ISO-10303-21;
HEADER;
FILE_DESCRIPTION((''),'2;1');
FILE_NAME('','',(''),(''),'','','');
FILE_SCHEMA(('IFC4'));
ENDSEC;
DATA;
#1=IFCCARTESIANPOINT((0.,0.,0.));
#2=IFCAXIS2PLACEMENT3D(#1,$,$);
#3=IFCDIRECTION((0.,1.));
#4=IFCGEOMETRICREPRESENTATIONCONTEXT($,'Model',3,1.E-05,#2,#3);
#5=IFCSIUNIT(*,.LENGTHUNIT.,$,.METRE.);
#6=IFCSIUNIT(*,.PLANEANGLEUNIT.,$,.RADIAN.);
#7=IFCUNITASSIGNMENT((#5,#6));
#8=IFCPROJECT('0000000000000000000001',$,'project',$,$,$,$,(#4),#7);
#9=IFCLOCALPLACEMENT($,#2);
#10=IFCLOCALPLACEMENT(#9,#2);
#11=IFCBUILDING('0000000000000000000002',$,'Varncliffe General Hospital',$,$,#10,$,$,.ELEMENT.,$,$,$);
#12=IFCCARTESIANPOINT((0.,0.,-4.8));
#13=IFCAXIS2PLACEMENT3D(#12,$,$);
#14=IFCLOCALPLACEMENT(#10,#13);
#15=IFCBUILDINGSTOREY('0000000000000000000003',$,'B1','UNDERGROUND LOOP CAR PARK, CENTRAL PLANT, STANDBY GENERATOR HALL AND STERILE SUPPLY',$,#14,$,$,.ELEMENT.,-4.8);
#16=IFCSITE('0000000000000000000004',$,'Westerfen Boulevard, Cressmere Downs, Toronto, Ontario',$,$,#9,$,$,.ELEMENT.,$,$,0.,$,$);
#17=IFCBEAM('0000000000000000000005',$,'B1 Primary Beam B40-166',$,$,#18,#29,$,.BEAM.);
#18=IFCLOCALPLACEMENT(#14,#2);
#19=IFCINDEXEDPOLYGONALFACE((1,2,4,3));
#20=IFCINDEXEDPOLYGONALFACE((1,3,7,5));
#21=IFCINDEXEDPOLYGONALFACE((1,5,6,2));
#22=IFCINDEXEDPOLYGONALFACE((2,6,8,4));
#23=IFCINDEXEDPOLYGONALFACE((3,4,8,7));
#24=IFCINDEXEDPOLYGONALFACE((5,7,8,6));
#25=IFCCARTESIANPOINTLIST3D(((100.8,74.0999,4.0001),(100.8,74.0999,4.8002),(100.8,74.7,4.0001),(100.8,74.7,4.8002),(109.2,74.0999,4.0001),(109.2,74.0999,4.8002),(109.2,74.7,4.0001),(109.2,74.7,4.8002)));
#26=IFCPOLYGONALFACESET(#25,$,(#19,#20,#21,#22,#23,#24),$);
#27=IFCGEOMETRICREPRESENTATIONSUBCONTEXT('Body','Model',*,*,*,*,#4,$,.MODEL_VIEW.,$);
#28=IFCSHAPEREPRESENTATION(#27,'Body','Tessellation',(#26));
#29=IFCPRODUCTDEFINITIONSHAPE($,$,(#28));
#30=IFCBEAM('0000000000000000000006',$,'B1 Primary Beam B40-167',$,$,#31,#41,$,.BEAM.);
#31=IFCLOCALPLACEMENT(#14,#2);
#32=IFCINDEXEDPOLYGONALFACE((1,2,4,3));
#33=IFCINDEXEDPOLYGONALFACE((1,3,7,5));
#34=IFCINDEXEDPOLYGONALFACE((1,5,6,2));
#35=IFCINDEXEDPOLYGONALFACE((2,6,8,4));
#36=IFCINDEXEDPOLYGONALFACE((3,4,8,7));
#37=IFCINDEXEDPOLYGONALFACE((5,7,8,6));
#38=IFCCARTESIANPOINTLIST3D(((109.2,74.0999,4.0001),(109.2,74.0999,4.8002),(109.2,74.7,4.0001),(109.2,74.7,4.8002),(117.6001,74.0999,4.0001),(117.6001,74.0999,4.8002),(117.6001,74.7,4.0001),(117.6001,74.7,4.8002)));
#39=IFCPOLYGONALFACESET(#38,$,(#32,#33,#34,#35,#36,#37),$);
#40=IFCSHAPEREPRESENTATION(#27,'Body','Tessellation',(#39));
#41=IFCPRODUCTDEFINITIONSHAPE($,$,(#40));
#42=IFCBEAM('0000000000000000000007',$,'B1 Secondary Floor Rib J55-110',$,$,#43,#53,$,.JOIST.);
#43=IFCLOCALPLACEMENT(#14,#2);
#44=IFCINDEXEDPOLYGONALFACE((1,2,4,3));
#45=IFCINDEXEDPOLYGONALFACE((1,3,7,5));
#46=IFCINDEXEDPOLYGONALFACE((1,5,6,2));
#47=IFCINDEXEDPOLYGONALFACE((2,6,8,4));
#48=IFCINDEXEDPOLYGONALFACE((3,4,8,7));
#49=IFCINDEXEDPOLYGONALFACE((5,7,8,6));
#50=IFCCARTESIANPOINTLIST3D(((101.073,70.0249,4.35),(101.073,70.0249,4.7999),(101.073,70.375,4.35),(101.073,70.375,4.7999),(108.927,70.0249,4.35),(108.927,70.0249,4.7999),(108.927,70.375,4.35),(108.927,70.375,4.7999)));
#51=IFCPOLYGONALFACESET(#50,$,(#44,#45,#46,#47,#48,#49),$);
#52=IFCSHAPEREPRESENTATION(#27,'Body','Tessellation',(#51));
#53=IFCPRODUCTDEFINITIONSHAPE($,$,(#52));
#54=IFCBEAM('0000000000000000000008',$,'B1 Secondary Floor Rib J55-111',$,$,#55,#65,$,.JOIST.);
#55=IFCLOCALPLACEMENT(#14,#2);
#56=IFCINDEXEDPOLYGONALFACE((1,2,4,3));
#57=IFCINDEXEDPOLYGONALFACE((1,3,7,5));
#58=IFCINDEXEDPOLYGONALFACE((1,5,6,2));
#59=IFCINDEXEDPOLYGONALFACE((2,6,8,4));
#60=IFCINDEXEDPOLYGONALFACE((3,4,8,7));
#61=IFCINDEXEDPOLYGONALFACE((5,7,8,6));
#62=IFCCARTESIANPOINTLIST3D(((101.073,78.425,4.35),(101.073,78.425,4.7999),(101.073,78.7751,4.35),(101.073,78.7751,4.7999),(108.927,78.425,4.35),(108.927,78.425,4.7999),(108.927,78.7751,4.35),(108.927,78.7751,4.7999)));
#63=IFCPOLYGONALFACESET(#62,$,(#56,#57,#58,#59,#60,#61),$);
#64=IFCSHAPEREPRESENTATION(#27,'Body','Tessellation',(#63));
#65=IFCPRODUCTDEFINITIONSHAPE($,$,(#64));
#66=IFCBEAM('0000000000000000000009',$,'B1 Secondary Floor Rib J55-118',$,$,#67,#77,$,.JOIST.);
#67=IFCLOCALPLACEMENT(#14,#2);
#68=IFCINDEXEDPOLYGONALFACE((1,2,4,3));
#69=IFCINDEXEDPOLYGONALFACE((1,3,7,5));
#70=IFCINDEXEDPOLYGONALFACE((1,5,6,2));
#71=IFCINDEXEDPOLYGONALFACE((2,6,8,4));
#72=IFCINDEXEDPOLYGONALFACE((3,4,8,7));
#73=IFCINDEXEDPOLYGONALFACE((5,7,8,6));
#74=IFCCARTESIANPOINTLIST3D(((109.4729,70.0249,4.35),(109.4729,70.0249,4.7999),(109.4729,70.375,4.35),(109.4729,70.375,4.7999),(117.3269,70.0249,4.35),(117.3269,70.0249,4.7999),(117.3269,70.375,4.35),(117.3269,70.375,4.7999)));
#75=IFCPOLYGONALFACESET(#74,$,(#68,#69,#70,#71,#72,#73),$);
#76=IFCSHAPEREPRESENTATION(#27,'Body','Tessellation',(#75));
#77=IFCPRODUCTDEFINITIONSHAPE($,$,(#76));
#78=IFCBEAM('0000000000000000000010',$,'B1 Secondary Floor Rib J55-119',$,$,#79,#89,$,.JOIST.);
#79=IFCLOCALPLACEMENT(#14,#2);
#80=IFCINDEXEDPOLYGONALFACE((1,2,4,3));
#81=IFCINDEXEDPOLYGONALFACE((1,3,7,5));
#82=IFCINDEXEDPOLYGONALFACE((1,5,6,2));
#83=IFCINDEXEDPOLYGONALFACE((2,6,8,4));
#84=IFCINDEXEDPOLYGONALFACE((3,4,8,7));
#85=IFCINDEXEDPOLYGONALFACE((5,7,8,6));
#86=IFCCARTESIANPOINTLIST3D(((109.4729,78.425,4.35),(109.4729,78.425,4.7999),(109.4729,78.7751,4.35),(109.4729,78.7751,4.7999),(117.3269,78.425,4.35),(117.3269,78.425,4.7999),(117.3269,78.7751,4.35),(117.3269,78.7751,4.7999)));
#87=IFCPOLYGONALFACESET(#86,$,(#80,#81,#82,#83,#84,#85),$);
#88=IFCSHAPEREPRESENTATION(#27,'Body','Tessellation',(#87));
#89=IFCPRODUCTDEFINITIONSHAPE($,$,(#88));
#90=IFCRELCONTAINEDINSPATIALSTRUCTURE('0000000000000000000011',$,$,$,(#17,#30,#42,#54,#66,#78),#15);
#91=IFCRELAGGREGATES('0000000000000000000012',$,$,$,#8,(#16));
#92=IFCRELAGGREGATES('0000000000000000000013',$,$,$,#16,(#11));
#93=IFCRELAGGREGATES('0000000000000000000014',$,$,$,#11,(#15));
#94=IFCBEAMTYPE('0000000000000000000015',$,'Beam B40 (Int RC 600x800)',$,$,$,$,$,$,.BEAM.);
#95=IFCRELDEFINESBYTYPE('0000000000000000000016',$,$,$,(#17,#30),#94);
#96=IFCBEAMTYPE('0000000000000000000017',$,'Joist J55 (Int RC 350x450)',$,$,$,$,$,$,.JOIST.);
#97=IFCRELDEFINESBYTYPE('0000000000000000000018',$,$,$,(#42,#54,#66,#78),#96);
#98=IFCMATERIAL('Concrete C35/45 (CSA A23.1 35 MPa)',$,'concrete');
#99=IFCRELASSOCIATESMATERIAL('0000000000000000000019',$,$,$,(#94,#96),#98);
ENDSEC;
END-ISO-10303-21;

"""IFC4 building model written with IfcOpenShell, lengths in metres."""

from ifc_helpers import new_model, si_unit, direction, frame, origin, origin_2d, place, context, subcontext, project, spatial, rectangle, extrude, material, material_profile, profile_set, type_object, element, save


model = new_model("IFC4")

# Units and contexts
model_context = context("Model", 3, precision=1e-05, world=origin(), true_north=direction((0.0, 1.0)))
body_context = subcontext(model_context, "Body", "Model", "MODEL_VIEW")
ifc_project = project(units=[si_unit("LENGTHUNIT", "METRE"), si_unit("PLANEANGLEUNIT", "RADIAN")], contexts=[model_context])

# Site, building, storey
site_placement = place(None, origin())
site = spatial("IfcSite", under=ifc_project, at=site_placement, Name="Westerfen Boulevard, Cressmere Downs, Toronto, Ontario", CompositionType="ELEMENT", RefElevation=0.0)
building_placement = place(site_placement, origin())
building = spatial("IfcBuilding", under=site, at=building_placement, Name="Varncliffe General Hospital", CompositionType="ELEMENT")
storey_placement = place(building_placement, frame((0.0, 0.0, -4.8)))
storey = spatial("IfcBuildingStorey", under=building, at=storey_placement, Name="B1", Description="UNDERGROUND LOOP CAR PARK, CENTRAL PLANT, STANDBY GENERATOR HALL AND STERILE SUPPLY", CompositionType="ELEMENT", Elevation=-4.8)

# Beams
ifc_material_1 = material(Name="Concrete C35/45 (CSA A23.1 35 MPa)", Category="concrete")
ifc_material_profile_1 = material_profile(ifc_material_1, rectangle(XDim=0.6001, YDim=0.8, at=origin_2d()), Name="RC 600x800")
ifc_profile_set_1 = profile_set([ifc_material_profile_1], Name="Concrete C35/45 (CSA A23.1 35 MPa)")
beam_type_1 = type_object("IfcBeamType", Name="Beam B40 (Int RC 600x800)", PredefinedType="BEAM", material=ifc_profile_set_1)
beam_1_placement = place(storey_placement, frame((100.8, 74.3999, 4.4001), z_axis=(1.0, 0.0, 0.0), x_axis=(0.0, 1.0, 0.0)))
element("IfcBeam", 1, at=beam_1_placement, inside=storey, type_object=beam_type_1, Name="B1 Primary Beam B40-166", PredefinedType="BEAM", context=body_context, shape_type="SweptSolid", body=[
    extrude(rectangle(XDim=0.6001, YDim=0.8, at=origin_2d()), origin(), (0.0, 0.0, 1.0), 8.3999),
])
beam_2_placement = place(storey_placement, frame((109.2, 74.3999, 4.4001), z_axis=(1.0, 0.0, 0.0), x_axis=(0.0, 1.0, 0.0)))
element("IfcBeam", 2, at=beam_2_placement, inside=storey, type_object=beam_type_1, Name="B1 Primary Beam B40-167", PredefinedType="BEAM", context=body_context, shape_type="SweptSolid", body=[
    extrude(rectangle(XDim=0.6001, YDim=0.8, at=origin_2d()), origin(), (0.0, 0.0, 1.0), 8.4001),
])
ifc_material_profile_2 = material_profile(ifc_material_1, rectangle(XDim=0.3501, YDim=0.45, at=origin_2d()), Name="RC 350x450")
ifc_profile_set_2 = profile_set([ifc_material_profile_2], Name="Concrete C35/45 (CSA A23.1 35 MPa)")
beam_type_2 = type_object("IfcBeamType", Name="Joist J55 (Int RC 350x450)", PredefinedType="JOIST", material=ifc_profile_set_2)
for number, where, z_axis, x_axis, name in (
    (3, (101.073, 70.2, 4.575), (1.0, 0.0, 0.0), (0.0, 1.0, 0.0), "B1 Secondary Floor Rib J55-110"),
    (4, (101.073, 78.6001, 4.575), (1.0, 0.0, 0.0), (0.0, 1.0, 0.0), "B1 Secondary Floor Rib J55-111"),
    (5, (109.4729, 70.2, 4.575), (1.0, 0.0, 0.0), (0.0, 1.0, 0.0), "B1 Secondary Floor Rib J55-118"),
    (6, (109.4729, 78.6001, 4.575), (1.0, 0.0, 0.0), (0.0, 1.0, 0.0), "B1 Secondary Floor Rib J55-119"),
):
    element("IfcBeam", number, at=place(storey_placement, frame(where, z_axis=z_axis, x_axis=x_axis)), inside=storey, type_object=beam_type_2, Name=name, PredefinedType="JOIST", context=body_context, shape_type="SweptSolid", body=[
        extrude(rectangle(XDim=0.3501, YDim=0.45, at=origin_2d()), origin(), (0.0, 0.0, 1.0), 7.854),
    ])

save(model, "model.ifc")
